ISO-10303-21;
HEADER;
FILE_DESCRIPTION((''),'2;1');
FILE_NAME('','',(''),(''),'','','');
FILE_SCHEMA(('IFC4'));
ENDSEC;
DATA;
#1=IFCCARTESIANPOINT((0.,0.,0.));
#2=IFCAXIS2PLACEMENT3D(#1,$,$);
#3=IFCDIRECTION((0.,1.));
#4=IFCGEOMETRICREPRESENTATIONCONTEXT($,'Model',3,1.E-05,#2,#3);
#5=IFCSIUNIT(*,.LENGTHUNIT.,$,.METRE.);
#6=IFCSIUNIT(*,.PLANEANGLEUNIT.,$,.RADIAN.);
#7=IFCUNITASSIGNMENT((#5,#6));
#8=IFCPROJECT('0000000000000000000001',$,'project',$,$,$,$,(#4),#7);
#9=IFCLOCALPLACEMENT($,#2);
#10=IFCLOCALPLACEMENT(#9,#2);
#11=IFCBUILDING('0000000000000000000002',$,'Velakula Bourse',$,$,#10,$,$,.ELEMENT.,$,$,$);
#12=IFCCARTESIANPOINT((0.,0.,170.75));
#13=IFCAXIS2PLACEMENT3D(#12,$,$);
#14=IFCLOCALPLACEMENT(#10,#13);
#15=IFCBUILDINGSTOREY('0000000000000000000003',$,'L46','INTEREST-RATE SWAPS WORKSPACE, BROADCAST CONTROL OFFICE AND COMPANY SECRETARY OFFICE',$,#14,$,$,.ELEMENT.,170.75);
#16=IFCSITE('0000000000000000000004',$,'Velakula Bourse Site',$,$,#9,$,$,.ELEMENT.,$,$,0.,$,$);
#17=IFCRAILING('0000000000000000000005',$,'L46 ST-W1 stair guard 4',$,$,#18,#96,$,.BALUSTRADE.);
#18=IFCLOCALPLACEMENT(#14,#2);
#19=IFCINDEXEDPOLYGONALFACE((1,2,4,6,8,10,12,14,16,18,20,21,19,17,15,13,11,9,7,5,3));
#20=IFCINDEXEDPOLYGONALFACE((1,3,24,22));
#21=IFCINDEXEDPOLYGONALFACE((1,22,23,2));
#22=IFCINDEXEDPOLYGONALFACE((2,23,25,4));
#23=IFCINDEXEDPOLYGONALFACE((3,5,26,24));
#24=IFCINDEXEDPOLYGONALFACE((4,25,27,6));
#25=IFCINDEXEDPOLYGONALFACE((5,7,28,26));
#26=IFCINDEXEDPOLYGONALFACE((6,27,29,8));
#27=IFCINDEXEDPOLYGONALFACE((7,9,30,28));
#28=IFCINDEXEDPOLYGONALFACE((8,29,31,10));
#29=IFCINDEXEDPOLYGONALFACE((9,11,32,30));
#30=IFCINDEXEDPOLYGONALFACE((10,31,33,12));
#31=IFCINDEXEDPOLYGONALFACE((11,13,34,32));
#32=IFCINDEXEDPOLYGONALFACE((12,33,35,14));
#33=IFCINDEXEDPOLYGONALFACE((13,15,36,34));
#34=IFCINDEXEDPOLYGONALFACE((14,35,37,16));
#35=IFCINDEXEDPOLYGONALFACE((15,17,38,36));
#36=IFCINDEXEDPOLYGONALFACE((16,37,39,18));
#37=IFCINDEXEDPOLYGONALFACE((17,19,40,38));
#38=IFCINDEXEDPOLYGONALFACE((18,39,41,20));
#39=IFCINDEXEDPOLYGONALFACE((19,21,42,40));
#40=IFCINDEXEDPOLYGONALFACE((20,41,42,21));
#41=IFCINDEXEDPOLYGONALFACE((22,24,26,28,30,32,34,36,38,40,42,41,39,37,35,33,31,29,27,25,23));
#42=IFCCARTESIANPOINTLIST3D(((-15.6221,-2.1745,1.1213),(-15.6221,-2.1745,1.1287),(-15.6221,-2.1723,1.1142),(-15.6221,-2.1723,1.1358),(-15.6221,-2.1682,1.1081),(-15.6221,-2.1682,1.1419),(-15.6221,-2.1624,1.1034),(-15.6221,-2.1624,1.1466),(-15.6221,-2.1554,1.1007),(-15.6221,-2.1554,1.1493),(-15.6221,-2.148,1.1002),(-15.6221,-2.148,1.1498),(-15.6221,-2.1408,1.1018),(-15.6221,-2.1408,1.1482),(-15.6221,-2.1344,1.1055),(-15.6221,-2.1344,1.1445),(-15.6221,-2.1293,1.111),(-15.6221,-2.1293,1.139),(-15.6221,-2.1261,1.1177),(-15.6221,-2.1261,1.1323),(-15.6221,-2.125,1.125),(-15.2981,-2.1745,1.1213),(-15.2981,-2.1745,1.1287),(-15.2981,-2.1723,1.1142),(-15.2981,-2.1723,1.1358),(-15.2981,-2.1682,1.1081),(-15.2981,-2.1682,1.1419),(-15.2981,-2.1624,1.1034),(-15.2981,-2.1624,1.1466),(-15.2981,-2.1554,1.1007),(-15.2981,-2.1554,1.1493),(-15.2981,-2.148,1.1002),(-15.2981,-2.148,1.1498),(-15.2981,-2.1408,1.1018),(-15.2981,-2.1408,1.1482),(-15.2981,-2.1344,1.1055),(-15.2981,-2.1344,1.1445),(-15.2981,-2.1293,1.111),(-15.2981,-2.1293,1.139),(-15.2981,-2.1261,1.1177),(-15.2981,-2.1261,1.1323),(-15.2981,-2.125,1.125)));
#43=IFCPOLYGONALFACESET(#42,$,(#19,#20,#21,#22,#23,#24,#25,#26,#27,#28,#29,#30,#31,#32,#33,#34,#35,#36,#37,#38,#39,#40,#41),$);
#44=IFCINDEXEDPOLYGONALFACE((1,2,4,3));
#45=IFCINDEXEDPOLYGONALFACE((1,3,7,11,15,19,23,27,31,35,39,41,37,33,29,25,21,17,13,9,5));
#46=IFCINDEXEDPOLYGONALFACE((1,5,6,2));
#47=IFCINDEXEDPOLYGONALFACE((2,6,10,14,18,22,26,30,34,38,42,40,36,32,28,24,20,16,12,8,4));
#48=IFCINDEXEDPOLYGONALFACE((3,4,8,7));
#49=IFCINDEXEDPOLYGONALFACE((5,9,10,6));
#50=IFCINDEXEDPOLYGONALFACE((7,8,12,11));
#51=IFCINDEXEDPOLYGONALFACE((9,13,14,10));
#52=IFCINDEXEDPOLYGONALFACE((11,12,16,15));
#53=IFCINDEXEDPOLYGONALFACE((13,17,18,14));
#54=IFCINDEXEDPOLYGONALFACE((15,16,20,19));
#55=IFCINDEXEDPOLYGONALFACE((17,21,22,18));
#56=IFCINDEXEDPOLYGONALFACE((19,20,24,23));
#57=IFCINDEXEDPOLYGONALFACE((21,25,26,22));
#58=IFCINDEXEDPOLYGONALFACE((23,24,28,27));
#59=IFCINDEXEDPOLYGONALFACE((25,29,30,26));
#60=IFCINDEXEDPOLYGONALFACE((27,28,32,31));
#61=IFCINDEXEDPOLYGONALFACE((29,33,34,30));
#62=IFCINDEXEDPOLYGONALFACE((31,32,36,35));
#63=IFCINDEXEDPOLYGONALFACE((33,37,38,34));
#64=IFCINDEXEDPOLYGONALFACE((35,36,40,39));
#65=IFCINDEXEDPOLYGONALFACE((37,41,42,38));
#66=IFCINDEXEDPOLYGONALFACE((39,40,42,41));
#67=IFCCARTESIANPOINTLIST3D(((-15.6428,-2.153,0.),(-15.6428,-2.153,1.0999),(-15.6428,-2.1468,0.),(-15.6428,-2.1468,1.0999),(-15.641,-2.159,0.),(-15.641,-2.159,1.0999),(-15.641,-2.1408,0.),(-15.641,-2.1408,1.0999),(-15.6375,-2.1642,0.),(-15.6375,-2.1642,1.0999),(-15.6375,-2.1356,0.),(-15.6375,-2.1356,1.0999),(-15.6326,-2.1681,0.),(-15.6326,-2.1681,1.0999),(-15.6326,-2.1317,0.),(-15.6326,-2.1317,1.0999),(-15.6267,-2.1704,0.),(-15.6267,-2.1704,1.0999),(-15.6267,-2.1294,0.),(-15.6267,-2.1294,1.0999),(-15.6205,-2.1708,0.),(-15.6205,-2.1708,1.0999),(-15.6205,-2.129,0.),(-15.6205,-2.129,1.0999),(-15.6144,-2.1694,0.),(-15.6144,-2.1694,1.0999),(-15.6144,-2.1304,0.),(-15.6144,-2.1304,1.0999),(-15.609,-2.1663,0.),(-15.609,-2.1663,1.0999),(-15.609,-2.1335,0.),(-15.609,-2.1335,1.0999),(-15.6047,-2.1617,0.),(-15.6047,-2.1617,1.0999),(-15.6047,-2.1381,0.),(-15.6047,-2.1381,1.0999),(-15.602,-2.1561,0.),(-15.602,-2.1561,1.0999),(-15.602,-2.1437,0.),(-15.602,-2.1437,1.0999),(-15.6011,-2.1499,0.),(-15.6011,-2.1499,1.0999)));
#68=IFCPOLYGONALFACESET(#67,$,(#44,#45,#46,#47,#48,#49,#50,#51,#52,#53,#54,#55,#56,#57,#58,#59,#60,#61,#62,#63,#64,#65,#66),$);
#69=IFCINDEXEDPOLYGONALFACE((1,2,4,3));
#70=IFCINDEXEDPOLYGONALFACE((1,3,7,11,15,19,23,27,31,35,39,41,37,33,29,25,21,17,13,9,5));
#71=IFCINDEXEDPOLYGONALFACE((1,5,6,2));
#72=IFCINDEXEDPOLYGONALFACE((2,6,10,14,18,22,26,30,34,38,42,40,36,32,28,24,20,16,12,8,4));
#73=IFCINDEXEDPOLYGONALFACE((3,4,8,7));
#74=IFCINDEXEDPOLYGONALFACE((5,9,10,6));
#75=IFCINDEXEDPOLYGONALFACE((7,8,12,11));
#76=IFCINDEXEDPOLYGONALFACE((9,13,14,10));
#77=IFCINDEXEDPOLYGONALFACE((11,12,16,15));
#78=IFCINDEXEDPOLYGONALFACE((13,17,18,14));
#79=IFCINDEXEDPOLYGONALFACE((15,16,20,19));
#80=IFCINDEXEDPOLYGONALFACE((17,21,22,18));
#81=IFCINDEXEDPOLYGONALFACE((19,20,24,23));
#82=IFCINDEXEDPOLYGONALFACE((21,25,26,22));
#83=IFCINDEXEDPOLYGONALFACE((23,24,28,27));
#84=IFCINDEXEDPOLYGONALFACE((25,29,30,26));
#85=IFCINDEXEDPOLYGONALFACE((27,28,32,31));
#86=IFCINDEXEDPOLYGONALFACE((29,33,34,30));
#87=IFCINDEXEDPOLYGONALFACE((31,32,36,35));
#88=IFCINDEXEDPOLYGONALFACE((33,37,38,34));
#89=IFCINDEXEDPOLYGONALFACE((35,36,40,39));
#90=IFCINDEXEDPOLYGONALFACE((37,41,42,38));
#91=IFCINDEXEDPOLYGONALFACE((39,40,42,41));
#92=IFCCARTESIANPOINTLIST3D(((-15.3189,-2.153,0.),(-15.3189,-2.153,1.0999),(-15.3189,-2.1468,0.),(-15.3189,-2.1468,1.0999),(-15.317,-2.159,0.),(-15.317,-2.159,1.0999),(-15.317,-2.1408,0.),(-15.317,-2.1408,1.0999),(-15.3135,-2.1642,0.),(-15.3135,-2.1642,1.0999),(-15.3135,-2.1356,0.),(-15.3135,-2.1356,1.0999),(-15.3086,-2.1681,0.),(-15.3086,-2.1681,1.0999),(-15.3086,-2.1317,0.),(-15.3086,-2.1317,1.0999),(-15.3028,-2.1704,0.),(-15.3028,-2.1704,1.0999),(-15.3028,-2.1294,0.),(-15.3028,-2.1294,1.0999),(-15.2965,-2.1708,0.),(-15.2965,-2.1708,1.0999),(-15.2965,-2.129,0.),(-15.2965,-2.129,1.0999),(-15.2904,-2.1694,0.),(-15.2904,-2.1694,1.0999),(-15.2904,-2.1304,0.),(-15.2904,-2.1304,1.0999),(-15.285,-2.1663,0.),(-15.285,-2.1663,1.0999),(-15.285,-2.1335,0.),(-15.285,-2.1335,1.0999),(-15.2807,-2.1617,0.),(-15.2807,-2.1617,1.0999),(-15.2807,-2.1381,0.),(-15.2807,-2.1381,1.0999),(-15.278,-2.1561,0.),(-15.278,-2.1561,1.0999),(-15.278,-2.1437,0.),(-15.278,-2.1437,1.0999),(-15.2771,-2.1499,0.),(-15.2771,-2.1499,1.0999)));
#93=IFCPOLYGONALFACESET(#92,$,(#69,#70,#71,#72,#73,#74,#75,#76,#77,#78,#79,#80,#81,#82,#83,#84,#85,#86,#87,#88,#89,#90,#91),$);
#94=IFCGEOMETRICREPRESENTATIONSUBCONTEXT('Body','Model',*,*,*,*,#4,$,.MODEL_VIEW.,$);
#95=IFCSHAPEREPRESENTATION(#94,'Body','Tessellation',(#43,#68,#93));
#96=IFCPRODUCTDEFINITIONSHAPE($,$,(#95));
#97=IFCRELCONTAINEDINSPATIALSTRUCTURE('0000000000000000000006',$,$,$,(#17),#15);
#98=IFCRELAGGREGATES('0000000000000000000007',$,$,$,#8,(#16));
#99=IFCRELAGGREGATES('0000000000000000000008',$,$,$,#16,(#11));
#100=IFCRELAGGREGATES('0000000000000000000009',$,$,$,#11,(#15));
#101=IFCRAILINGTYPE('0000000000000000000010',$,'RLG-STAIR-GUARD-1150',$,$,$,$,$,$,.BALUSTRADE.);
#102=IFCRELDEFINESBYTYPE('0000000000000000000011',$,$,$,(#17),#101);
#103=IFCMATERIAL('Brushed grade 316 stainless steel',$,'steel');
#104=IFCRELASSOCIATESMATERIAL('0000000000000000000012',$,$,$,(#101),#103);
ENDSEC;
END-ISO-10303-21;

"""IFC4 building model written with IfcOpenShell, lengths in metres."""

from ifc_helpers import new_model, si_unit, direction, frame, origin, origin_2d, place, context, subcontext, project, spatial, circle, extrude, material, type_object, element, save


model = new_model("IFC4")

# Units and contexts
model_context = context("Model", 3, precision=1e-05, world=origin(), true_north=direction((0.0, 1.0)))
body_context = subcontext(model_context, "Body", "Model", "MODEL_VIEW")
ifc_project = project(units=[si_unit("LENGTHUNIT", "METRE"), si_unit("PLANEANGLEUNIT", "RADIAN")], contexts=[model_context])

# Site, building, storey
site_placement = place(None, origin())
site = spatial("IfcSite", under=ifc_project, at=site_placement, Name="Velakula Bourse Site", CompositionType="ELEMENT", RefElevation=0.0)
building_placement = place(site_placement, origin())
building = spatial("IfcBuilding", under=site, at=building_placement, Name="Velakula Bourse", CompositionType="ELEMENT")
storey_placement = place(building_placement, frame((0.0, 0.0, 170.75)))
storey = spatial("IfcBuildingStorey", under=building, at=storey_placement, Name="L46", Description="INTEREST-RATE SWAPS WORKSPACE, BROADCAST CONTROL OFFICE AND COMPANY SECRETARY OFFICE", CompositionType="ELEMENT", Elevation=170.75)

# Railing
ifc_material_1 = material(Name="Brushed grade 316 stainless steel", Category="steel")
railing_type_1 = type_object("IfcRailingType", Name="RLG-STAIR-GUARD-1150", PredefinedType="BALUSTRADE", material=ifc_material_1)
railing_1_placement = place(storey_placement, frame((-15.6221, -2.1499, 0.0)))
element("IfcRailing", 1, at=railing_1_placement, inside=storey, type_object=railing_type_1, Name="L46 ST-W1 stair guard 4", PredefinedType="BALUSTRADE", context=body_context, shape_type="SweptSolid", body=[
    extrude(circle(Radius=0.0249, at=origin_2d()), frame((0.0, 0.0, 1.125), z_axis=(1.0, 0.0, 0.0), x_axis=(0.0, 1.0, 0.0)), (0.0, 0.0, 1.0), 0.324),
    extrude(circle(Radius=0.021, at=origin_2d()), origin(), (0.0, 0.0, 1.0), 1.0999),
    extrude(circle(Radius=0.021, at=origin_2d()), frame((0.324, 0.0, 0.0)), (0.0, 0.0, 1.0), 1.0999),
])

save(model, "model.ifc")
